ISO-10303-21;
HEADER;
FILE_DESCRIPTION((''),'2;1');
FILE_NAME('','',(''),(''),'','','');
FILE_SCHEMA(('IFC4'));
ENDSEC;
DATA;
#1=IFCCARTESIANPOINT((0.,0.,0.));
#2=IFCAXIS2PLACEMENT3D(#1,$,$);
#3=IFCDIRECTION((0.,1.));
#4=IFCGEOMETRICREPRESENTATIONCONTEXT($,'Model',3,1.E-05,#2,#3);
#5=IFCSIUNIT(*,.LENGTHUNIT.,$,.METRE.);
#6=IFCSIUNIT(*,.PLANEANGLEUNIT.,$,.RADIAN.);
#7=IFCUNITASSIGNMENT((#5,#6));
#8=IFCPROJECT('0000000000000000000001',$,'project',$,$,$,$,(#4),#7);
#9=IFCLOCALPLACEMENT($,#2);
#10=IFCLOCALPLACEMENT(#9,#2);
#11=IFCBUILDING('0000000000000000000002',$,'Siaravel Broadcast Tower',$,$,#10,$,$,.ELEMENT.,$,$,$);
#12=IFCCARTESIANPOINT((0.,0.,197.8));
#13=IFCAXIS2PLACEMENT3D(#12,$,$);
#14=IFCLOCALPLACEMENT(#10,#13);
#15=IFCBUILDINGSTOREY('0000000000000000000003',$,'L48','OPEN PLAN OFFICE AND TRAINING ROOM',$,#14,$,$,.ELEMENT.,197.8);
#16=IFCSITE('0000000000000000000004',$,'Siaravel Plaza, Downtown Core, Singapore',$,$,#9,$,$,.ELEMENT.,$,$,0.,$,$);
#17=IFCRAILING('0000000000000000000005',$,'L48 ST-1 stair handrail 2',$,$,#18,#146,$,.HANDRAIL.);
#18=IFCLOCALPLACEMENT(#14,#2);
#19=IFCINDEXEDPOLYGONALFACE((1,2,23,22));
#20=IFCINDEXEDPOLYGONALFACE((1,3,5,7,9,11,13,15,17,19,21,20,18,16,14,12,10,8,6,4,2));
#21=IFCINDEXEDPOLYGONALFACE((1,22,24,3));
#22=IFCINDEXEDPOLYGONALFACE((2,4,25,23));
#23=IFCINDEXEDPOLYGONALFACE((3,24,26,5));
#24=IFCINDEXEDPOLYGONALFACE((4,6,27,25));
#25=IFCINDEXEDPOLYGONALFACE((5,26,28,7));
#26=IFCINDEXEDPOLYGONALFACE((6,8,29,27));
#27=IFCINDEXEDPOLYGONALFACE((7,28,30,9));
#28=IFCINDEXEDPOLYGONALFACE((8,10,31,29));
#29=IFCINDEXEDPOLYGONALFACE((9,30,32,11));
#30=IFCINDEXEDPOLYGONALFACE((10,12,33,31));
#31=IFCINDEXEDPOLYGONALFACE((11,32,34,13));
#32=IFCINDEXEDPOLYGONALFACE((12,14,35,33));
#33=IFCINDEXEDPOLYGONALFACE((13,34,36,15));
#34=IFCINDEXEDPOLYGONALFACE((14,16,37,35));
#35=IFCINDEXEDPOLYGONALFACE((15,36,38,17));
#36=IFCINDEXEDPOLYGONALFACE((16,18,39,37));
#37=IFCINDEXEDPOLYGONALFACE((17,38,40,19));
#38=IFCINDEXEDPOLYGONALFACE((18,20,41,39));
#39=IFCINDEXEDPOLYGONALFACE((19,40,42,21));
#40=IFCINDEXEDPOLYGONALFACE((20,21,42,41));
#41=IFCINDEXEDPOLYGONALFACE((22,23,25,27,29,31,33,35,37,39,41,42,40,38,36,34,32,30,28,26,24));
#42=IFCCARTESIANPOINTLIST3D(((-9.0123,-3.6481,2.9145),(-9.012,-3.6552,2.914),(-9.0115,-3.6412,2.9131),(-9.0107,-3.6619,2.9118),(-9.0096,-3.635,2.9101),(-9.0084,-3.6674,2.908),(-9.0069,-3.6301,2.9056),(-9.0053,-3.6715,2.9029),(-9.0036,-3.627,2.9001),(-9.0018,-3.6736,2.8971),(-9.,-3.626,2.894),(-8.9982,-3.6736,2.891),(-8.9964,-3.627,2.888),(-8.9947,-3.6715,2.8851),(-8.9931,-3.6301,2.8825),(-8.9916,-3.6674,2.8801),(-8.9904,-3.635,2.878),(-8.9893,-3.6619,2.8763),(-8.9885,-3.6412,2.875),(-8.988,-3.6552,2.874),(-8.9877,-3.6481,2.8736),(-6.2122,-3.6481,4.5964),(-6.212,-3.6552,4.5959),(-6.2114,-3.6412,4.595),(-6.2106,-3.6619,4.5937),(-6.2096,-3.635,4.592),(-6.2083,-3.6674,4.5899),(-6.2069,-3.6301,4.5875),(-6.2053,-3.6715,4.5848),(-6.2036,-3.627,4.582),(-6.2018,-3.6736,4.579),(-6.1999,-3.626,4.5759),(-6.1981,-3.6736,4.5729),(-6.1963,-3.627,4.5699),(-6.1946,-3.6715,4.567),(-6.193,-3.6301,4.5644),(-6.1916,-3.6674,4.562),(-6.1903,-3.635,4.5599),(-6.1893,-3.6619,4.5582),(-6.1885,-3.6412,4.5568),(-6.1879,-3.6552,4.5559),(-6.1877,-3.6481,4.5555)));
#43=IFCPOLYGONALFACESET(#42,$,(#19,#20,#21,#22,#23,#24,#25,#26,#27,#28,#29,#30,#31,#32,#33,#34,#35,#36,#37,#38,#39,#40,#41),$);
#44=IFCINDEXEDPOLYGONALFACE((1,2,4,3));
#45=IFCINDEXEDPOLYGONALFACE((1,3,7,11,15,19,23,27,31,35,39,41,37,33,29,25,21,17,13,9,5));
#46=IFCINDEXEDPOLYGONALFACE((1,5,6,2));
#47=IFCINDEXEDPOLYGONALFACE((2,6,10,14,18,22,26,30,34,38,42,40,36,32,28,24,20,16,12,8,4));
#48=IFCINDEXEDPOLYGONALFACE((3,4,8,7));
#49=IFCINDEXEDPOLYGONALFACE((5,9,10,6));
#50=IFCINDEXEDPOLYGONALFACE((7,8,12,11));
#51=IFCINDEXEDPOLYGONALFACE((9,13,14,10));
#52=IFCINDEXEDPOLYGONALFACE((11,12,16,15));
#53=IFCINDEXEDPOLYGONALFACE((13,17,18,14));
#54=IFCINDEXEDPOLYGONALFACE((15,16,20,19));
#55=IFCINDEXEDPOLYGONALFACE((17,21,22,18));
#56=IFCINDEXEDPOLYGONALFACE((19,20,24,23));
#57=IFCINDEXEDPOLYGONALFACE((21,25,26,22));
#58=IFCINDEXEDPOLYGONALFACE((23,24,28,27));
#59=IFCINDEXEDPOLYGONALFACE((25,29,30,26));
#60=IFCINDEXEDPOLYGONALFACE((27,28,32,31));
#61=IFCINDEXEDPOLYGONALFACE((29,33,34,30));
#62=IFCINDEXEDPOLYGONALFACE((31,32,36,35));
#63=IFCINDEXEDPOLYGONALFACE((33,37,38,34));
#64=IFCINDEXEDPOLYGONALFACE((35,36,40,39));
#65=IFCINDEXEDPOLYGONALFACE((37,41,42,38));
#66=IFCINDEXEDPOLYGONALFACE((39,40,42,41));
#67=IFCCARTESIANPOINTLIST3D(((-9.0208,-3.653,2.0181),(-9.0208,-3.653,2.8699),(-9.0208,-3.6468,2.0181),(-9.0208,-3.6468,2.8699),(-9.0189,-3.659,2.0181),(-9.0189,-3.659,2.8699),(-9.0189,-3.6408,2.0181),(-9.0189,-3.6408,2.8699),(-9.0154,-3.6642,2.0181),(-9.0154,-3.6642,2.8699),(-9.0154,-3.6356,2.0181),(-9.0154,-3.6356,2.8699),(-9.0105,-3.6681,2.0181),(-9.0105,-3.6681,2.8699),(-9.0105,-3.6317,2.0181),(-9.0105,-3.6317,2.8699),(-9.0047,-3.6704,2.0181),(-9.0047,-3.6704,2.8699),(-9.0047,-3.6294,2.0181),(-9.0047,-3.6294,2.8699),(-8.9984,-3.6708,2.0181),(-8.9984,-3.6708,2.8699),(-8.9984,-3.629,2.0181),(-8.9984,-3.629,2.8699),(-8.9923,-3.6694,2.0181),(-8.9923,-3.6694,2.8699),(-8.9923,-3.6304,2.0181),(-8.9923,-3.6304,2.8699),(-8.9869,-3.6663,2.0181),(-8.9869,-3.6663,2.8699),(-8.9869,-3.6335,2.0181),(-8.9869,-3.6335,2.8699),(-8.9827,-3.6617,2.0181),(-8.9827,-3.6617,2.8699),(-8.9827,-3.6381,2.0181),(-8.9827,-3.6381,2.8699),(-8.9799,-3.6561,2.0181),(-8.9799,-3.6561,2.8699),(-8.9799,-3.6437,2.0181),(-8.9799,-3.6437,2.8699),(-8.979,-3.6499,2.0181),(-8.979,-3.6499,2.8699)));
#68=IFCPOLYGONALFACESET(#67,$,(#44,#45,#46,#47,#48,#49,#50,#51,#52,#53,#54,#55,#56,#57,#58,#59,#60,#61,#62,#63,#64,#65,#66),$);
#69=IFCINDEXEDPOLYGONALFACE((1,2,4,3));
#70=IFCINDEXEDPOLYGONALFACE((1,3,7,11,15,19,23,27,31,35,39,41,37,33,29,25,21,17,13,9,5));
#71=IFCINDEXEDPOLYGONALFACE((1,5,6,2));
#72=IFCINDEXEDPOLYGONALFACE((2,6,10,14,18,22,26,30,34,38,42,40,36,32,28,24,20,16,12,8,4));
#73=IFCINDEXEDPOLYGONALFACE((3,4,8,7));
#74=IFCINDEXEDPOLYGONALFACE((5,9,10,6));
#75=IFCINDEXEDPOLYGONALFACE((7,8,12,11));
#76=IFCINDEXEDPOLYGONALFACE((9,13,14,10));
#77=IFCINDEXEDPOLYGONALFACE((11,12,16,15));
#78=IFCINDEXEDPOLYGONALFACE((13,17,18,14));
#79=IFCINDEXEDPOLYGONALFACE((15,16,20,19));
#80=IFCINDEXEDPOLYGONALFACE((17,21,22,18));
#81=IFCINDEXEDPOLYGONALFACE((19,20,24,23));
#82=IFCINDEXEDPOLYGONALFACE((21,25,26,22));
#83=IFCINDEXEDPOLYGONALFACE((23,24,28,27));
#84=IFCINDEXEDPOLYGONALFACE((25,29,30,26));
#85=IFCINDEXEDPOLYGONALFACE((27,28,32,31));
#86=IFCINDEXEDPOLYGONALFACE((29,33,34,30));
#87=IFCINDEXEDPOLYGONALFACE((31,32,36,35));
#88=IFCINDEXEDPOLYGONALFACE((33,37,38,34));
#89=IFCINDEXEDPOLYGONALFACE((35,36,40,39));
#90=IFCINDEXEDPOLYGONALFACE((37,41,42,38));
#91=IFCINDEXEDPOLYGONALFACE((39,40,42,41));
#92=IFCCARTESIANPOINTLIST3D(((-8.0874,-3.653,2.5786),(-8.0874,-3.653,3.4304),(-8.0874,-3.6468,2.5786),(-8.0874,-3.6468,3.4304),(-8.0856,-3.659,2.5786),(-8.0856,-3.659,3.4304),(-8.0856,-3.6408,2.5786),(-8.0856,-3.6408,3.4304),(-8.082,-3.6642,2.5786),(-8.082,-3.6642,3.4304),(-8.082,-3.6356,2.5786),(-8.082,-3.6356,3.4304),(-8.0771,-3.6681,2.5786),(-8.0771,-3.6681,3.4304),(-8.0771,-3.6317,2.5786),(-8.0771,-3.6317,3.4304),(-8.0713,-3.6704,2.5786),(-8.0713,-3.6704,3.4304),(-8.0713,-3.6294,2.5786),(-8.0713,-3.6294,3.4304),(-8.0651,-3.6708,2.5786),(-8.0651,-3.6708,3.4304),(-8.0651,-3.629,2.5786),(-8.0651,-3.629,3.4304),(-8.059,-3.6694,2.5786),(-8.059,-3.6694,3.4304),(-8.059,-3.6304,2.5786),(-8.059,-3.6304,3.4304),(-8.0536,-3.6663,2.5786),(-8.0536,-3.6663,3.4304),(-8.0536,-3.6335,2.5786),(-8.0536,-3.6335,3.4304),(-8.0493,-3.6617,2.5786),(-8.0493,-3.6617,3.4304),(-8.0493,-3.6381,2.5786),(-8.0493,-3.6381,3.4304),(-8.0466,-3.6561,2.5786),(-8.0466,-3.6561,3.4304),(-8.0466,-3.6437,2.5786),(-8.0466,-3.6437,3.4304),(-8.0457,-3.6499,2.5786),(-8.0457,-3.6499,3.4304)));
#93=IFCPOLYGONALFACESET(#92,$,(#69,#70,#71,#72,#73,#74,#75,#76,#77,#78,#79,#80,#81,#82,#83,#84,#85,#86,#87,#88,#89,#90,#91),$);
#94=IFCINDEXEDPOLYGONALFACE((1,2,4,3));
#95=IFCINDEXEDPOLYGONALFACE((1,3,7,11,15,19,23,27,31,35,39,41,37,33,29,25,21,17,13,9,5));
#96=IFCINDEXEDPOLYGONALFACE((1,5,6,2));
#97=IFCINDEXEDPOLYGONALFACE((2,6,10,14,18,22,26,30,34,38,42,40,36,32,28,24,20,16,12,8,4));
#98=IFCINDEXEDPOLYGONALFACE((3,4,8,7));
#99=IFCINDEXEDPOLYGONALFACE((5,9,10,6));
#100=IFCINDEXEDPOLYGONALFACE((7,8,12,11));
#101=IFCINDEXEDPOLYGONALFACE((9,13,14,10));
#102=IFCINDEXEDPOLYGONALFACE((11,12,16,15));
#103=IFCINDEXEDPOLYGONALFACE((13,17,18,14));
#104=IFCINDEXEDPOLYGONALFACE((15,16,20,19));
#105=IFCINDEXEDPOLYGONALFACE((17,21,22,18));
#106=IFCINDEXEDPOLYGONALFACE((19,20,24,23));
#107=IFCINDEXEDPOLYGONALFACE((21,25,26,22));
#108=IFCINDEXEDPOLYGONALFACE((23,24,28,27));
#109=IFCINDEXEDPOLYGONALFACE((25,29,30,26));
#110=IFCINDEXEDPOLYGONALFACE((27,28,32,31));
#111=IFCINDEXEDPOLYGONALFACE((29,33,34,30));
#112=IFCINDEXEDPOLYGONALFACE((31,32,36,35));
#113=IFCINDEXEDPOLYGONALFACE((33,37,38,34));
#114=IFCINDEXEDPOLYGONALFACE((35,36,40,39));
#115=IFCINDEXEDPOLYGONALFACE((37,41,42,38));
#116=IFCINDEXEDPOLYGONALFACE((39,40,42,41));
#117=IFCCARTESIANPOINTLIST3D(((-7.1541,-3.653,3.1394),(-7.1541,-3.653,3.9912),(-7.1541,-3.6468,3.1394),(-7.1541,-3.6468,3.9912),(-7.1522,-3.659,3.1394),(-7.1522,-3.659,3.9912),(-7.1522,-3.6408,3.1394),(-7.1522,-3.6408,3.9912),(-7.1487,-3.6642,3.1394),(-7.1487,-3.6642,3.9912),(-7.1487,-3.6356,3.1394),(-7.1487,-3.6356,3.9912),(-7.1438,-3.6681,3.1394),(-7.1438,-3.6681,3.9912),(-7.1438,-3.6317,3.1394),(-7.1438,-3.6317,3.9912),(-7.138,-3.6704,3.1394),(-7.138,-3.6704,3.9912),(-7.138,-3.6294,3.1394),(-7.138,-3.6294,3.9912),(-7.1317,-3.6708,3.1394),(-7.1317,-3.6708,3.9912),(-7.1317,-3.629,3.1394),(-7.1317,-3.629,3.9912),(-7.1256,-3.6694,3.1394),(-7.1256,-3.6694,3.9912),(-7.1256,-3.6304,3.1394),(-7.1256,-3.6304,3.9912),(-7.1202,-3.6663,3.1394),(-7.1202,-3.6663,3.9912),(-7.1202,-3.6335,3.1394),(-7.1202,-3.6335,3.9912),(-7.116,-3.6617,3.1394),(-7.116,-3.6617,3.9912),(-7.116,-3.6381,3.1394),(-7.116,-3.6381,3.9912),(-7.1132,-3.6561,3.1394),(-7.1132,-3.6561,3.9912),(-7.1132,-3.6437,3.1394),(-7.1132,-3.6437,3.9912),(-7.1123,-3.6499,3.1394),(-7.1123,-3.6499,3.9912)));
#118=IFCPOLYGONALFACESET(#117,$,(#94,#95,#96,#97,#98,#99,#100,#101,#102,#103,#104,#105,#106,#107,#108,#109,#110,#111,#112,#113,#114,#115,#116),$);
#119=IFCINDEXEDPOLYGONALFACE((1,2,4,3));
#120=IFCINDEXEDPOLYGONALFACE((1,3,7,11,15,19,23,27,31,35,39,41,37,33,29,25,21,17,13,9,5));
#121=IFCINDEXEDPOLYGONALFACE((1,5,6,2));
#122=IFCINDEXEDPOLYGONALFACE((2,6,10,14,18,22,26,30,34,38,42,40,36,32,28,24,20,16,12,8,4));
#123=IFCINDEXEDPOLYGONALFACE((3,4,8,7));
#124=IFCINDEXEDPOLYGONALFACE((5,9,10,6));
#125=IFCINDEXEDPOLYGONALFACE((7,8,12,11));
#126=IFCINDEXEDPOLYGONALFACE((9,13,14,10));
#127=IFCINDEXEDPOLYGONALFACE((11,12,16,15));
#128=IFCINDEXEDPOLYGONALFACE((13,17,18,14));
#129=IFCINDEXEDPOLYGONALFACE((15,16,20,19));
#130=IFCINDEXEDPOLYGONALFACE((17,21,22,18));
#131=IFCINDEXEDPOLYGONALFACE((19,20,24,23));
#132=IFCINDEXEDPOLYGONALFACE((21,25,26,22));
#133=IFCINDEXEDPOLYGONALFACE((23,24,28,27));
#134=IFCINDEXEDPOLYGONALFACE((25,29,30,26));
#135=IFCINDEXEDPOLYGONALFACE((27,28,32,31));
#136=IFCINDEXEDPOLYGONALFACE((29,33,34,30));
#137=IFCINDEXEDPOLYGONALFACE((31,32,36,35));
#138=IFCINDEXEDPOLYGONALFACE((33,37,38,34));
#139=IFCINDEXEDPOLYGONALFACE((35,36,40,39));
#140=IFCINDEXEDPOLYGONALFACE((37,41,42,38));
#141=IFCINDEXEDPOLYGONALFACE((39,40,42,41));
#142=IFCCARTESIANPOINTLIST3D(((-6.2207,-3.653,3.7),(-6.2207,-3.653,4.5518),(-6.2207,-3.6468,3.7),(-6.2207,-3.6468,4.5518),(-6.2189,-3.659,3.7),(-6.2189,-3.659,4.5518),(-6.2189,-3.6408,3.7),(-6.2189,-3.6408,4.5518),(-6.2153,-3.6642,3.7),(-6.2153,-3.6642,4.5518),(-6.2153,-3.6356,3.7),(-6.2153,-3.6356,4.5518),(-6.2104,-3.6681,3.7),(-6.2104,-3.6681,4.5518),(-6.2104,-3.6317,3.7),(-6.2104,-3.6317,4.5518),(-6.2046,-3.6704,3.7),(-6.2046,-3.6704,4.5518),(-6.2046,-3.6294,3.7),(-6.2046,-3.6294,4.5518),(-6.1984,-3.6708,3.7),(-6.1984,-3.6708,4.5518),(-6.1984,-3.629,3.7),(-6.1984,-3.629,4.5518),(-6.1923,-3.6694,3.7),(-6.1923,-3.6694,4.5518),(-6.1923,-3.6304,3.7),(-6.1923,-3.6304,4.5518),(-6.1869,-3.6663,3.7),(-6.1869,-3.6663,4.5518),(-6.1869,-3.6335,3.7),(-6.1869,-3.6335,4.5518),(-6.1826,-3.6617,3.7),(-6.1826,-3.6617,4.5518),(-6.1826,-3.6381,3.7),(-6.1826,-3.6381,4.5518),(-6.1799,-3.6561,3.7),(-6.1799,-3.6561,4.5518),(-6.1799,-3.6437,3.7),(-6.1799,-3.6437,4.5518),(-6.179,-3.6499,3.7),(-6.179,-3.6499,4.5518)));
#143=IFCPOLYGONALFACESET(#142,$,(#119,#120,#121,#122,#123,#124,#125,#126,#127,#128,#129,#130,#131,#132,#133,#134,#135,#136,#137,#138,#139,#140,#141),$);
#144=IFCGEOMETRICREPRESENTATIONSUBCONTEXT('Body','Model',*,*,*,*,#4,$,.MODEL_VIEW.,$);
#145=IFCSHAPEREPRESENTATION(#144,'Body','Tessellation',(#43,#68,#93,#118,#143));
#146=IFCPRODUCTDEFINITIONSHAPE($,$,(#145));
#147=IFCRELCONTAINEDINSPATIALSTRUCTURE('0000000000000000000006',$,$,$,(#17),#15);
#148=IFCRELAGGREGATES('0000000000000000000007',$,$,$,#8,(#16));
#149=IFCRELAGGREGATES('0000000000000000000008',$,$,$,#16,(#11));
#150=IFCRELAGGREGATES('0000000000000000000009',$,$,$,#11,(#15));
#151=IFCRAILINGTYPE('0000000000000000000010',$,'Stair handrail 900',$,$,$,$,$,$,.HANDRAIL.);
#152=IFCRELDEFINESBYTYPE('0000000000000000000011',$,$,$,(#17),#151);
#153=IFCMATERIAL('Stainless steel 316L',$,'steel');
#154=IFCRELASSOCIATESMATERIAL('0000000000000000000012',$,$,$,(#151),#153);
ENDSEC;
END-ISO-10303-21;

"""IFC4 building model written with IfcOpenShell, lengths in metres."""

from ifc_helpers import new_model, si_unit, direction, frame, origin, origin_2d, place, context, subcontext, project, spatial, circle, extrude, material, type_object, element, save


model = new_model("IFC4")

# Units and contexts
model_context = context("Model", 3, precision=1e-05, world=origin(), true_north=direction((0.0, 1.0)))
body_context = subcontext(model_context, "Body", "Model", "MODEL_VIEW")
ifc_project = project(units=[si_unit("LENGTHUNIT", "METRE"), si_unit("PLANEANGLEUNIT", "RADIAN")], contexts=[model_context])

# Site, building, storey
site_placement = place(None, origin())
site = spatial("IfcSite", under=ifc_project, at=site_placement, Name="Siaravel Plaza, Downtown Core, Singapore", CompositionType="ELEMENT", RefElevation=0.0)
building_placement = place(site_placement, origin())
building = spatial("IfcBuilding", under=site, at=building_placement, Name="Siaravel Broadcast Tower", CompositionType="ELEMENT")
storey_placement = place(building_placement, frame((0.0, 0.0, 197.8)))
storey = spatial("IfcBuildingStorey", under=building, at=storey_placement, Name="L48", Description="OPEN PLAN OFFICE AND TRAINING ROOM", CompositionType="ELEMENT", Elevation=197.8)

# Shared definitions
ifc_material_1 = material(Name="Stainless steel 316L", Category="steel")

# Railing
railing_type_1 = type_object("IfcRailingType", Name="Stair handrail 900", PredefinedType="HANDRAIL", material=ifc_material_1)
railing_1_placement = place(storey_placement, frame((-9.0, -3.6499, 2.0181)))
element("IfcRailing", 1, at=railing_1_placement, inside=storey, type_object=railing_type_1, Name="L48 ST-1 stair handrail 2", PredefinedType="HANDRAIL", context=body_context, shape_type="SweptSolid", body=[
    extrude(circle(Radius=0.0239, at=origin_2d()), frame((0.0, 0.0, 0.876), z_axis=(0.857242, 0.0, 0.514913), x_axis=(0.0, 1.0, 0.0)), (0.0, 0.0, 1.0), 3.2664),
    extrude(circle(Radius=0.021, at=origin_2d()), origin(), (0.0, 0.0, 1.0), 0.8518),
    extrude(circle(Radius=0.021, at=origin_2d()), frame((0.9333, 0.0, 0.5605)), (0.0, 0.0, 1.0), 0.8518),
    extrude(circle(Radius=0.021, at=origin_2d()), frame((1.8667, 0.0, 1.1213)), (0.0, 0.0, 1.0), 0.8518),
    extrude(circle(Radius=0.021, at=origin_2d()), frame((2.8, 0.0, 1.6819)), (0.0, 0.0, 1.0), 0.8518),
])

save(model, "model.ifc")
